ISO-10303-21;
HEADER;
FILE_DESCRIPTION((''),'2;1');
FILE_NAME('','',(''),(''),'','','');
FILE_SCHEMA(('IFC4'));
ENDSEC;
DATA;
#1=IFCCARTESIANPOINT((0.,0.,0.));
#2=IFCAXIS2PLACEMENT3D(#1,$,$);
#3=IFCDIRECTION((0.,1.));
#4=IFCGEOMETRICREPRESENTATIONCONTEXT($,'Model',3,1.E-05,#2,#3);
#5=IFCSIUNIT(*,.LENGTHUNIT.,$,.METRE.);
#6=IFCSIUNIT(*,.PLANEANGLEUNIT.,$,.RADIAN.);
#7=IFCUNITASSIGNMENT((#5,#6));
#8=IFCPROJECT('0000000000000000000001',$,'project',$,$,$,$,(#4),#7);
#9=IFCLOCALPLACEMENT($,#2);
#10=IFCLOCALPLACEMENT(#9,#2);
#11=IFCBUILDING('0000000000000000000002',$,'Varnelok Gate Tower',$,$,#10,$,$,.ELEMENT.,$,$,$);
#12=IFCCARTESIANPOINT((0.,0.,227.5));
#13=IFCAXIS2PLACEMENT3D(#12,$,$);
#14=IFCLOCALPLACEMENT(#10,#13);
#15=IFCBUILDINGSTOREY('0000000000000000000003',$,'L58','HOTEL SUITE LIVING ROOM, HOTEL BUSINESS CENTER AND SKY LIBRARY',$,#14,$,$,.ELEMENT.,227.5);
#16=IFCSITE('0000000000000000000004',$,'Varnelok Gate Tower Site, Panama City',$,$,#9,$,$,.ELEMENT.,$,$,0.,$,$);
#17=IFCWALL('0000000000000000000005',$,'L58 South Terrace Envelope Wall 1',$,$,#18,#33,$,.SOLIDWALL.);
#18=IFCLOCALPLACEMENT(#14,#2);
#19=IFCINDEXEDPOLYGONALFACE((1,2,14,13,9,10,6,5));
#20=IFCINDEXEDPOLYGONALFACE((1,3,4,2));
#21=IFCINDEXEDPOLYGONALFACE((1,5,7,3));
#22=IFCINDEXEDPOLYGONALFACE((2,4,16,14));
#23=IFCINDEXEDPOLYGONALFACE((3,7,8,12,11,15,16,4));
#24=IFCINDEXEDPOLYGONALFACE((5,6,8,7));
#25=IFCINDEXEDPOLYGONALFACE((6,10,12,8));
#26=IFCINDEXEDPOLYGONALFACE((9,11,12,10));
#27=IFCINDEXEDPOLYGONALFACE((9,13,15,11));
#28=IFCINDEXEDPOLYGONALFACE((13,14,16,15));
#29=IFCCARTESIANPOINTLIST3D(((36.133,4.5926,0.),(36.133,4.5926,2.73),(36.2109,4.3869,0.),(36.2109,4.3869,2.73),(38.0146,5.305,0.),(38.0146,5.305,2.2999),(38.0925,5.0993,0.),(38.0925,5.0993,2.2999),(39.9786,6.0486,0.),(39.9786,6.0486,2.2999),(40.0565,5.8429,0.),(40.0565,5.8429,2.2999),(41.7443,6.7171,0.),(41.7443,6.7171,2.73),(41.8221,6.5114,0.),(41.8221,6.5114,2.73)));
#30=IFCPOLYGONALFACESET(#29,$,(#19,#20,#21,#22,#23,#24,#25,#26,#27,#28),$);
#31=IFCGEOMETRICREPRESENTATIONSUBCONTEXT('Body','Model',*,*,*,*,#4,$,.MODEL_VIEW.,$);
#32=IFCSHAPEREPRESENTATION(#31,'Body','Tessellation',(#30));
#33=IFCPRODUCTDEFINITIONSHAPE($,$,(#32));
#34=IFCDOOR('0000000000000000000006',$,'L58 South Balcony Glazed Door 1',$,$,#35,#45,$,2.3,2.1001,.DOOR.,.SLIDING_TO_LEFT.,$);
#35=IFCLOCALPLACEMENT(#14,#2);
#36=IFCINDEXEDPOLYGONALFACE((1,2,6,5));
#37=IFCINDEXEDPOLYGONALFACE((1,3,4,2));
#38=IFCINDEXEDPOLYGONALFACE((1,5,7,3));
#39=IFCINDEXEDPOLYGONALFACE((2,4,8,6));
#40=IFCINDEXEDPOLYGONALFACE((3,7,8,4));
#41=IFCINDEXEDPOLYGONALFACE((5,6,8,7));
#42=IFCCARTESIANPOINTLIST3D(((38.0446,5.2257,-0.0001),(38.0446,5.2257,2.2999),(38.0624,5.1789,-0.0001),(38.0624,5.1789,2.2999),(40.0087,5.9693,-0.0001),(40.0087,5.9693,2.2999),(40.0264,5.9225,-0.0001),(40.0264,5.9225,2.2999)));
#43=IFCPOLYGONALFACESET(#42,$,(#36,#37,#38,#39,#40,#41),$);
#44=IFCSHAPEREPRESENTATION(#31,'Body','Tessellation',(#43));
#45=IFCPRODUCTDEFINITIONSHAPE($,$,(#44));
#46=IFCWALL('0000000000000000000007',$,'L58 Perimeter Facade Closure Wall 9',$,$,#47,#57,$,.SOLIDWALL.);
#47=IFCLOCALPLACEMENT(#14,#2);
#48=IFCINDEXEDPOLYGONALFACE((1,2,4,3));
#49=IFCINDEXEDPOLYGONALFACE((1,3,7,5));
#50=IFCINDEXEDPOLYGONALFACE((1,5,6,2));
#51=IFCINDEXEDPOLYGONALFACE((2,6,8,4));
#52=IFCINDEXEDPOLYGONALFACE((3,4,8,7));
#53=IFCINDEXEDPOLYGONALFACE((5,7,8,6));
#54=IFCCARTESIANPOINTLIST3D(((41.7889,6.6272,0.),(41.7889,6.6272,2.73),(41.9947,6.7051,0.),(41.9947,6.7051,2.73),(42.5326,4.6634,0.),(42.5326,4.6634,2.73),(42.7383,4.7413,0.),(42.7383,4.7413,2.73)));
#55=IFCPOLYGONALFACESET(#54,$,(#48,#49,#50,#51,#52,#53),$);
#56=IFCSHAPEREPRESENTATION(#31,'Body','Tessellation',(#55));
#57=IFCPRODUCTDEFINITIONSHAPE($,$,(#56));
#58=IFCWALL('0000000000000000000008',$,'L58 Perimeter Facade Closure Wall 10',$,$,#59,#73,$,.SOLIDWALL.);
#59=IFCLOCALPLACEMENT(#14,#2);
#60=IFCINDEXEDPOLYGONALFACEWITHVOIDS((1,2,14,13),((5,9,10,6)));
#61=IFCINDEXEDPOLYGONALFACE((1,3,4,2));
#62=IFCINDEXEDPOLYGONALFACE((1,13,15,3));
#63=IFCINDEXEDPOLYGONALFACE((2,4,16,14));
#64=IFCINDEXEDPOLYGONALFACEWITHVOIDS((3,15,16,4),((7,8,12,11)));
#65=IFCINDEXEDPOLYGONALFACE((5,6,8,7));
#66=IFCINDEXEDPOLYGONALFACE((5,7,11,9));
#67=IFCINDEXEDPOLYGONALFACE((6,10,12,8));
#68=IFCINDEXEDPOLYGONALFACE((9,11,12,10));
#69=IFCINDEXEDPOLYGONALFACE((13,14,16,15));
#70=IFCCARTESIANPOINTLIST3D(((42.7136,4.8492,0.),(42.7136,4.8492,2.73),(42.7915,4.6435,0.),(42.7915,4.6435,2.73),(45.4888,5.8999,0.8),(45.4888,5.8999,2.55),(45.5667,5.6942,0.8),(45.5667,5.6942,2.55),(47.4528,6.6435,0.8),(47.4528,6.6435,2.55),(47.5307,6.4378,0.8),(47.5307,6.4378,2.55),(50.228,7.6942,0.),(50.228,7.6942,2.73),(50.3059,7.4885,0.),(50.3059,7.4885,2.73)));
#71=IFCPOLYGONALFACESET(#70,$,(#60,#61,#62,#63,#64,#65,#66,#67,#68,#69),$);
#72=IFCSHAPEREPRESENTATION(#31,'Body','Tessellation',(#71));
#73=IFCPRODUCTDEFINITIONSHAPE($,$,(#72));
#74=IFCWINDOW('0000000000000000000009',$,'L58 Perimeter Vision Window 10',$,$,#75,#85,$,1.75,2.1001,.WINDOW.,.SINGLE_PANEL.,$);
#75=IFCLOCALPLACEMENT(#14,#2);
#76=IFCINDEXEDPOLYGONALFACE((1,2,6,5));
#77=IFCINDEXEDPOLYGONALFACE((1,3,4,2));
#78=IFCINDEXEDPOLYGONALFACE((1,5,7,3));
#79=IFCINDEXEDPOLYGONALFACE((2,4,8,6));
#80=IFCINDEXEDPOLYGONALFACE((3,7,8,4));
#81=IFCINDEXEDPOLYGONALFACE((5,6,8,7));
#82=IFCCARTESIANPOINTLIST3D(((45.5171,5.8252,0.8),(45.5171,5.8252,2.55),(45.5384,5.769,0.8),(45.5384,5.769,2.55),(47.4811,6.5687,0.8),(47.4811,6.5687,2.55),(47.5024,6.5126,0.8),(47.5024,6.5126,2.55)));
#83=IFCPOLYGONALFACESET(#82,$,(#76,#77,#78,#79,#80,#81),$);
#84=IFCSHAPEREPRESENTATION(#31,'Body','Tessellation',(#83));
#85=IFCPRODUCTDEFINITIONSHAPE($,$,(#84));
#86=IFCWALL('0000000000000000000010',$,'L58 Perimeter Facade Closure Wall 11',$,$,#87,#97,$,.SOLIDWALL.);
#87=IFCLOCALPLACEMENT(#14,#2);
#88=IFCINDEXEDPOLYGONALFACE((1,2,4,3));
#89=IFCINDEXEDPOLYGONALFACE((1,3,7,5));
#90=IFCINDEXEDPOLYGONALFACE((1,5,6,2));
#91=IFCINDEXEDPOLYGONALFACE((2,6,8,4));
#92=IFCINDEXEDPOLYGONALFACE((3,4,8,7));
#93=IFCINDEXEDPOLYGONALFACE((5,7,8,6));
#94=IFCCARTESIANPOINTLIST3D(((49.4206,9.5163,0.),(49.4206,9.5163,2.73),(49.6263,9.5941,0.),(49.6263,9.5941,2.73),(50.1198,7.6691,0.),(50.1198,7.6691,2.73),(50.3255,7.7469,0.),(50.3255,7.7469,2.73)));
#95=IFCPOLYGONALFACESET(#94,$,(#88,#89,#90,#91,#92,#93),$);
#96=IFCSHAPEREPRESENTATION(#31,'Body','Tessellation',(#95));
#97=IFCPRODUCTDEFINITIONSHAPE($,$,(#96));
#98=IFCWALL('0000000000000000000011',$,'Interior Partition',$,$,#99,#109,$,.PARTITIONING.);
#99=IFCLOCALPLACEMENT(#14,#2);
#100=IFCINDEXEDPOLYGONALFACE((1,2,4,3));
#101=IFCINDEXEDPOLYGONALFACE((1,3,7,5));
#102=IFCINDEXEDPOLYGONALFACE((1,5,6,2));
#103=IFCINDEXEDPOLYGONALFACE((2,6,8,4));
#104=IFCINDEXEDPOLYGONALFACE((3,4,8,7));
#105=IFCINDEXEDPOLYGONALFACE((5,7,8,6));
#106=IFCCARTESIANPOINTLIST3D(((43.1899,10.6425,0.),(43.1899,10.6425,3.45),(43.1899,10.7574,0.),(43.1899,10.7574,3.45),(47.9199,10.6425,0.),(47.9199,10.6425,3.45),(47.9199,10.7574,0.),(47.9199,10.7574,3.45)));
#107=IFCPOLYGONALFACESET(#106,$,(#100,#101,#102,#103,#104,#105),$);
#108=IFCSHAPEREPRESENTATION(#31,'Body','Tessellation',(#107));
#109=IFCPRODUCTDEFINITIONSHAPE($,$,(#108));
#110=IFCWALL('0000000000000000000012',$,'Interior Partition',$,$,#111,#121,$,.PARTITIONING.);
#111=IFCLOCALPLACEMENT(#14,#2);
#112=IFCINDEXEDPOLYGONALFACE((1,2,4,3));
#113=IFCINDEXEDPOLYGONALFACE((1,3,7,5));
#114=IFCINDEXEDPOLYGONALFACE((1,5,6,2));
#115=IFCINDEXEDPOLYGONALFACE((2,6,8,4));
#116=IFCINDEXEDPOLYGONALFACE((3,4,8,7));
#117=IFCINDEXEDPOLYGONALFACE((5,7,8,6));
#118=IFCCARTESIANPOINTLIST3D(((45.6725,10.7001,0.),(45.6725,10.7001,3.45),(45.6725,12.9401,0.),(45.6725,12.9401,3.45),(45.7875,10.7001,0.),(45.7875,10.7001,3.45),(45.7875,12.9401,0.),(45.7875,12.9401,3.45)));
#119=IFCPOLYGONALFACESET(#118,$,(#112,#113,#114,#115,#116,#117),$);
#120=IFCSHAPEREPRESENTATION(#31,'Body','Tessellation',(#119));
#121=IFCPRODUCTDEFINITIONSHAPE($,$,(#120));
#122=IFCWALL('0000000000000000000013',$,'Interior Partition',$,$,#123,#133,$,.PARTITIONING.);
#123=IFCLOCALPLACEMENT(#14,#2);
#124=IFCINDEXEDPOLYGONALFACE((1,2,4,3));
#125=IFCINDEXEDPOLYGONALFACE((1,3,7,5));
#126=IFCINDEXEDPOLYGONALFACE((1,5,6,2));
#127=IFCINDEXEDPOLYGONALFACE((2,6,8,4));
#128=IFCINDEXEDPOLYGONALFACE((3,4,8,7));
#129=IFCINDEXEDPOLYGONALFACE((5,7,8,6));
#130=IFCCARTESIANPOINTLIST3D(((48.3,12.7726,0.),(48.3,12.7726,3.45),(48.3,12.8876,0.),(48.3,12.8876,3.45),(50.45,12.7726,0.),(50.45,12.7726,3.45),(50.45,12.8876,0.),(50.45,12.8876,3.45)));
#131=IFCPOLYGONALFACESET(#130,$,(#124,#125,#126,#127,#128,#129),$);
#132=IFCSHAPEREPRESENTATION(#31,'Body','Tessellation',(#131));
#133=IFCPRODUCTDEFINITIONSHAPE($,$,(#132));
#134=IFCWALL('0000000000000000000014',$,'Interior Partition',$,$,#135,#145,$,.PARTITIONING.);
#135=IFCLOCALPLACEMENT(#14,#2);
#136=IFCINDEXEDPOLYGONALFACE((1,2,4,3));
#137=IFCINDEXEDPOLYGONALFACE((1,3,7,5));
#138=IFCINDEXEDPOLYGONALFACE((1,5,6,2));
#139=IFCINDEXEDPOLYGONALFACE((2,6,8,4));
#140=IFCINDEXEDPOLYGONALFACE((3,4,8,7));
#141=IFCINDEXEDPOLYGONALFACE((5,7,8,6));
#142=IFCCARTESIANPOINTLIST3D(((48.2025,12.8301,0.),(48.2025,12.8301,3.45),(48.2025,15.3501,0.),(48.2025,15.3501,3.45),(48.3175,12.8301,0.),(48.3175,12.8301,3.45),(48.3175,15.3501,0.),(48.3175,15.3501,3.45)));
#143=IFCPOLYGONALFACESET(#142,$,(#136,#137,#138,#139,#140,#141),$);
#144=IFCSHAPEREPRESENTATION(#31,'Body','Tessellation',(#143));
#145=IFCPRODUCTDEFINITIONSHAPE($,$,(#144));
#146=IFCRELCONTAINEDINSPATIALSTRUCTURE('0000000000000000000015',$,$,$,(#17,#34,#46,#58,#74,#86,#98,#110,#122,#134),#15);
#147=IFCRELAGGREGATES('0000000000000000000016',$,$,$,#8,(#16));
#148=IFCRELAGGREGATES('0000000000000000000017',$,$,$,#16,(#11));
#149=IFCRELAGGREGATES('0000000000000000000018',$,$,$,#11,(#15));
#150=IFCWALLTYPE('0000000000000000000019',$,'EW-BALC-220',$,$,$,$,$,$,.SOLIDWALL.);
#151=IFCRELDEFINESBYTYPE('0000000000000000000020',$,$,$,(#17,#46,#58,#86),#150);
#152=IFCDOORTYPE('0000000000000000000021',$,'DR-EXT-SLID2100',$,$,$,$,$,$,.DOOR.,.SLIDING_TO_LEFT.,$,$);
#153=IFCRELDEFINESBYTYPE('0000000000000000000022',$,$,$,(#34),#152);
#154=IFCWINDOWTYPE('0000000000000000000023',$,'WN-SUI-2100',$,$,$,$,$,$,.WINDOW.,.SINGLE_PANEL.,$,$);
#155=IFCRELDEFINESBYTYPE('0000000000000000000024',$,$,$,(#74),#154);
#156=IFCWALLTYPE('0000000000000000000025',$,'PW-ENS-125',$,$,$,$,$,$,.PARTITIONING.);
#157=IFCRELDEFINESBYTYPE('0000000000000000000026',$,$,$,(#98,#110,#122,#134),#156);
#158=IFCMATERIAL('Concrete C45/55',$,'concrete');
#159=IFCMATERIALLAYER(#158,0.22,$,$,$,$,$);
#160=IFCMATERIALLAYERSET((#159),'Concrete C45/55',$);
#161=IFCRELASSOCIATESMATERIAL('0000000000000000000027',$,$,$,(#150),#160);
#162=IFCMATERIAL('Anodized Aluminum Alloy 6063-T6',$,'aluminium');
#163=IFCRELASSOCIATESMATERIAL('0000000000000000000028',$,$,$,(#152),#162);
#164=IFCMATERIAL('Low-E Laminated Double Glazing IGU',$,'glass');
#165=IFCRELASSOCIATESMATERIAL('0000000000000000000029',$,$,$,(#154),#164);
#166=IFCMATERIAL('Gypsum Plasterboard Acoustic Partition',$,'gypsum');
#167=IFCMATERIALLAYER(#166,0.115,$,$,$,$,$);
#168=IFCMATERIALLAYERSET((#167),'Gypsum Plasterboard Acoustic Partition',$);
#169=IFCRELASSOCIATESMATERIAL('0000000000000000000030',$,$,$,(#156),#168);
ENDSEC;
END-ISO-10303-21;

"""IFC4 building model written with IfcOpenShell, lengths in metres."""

from ifc_helpers import new_model, si_unit, direction, frame, frame_2d, origin, place, context, subcontext, project, spatial, rectangle, extrude, material, layer, layer_set, type_object, element, fill, save


model = new_model("IFC4")

# Units and contexts
model_context = context("Model", 3, precision=1e-05, world=origin(), true_north=direction((0.0, 1.0)))
body_context = subcontext(model_context, "Body", "Model", "MODEL_VIEW")
ifc_project = project(units=[si_unit("LENGTHUNIT", "METRE"), si_unit("PLANEANGLEUNIT", "RADIAN")], contexts=[model_context])

# Site, building, storey
site_placement = place(None, origin())
site = spatial("IfcSite", under=ifc_project, at=site_placement, Name="Varnelok Gate Tower Site, Panama City", CompositionType="ELEMENT", RefElevation=0.0)
building_placement = place(site_placement, origin())
building = spatial("IfcBuilding", under=site, at=building_placement, Name="Varnelok Gate Tower", CompositionType="ELEMENT")
storey_placement = place(building_placement, frame((0.0, 0.0, 227.5)))
storey = spatial("IfcBuildingStorey", under=building, at=storey_placement, Name="L58", Description="HOTEL SUITE LIVING ROOM, HOTEL BUSINESS CENTER AND SKY LIBRARY", CompositionType="ELEMENT", Elevation=227.5)

# Wall, opening, door
ifc_material_1 = material(Name="Concrete C45/55", Category="concrete")
ifc_layer_1 = layer(ifc_material_1, 0.22)
ifc_layer_set_1 = layer_set([ifc_layer_1], Name="Concrete C45/55")
wall_type_1 = type_object("IfcWallType", Name="EW-BALC-220", PredefinedType="SOLIDWALL", material=ifc_layer_set_1)
wall_1_placement = place(storey_placement, frame((41.7832, 6.6143, 0.0), z_axis=(0.0, 0.0, 1.0), x_axis=(-0.935214, -0.354083, 0.0)))
wall_1 = element("IfcWall", 1, at=wall_1_placement, inside=storey, type_object=wall_type_1, Name="L58 South Terrace Envelope Wall 1", PredefinedType="SOLIDWALL", context=body_context, shape_type="SweptSolid", body=[
    extrude(rectangle(XDim=6.0, YDim=0.22, at=frame_2d((3.0, 0.0))), origin(), (0.0, 0.0, 1.0), 2.73),
])
opening_1_placement = place(wall_1_placement, frame((1.8879, 0.0, 0.0)))
opening_1 = element("IfcOpeningElement", 2, at=opening_1_placement, cuts=wall_1, PredefinedType="OPENING", context=body_context, shape_type="SweptSolid", body=[
    extrude(rectangle(XDim=2.1001, YDim=2.3, at=frame_2d((1.05, 1.1499))), frame((0.0, 0.1199, 0.0), z_axis=(0.0, -1.0, 0.0), x_axis=(1.0, 0.0, 0.0)), (0.0, 0.0, 1.0), 0.24),
])
ifc_material_2 = material(Name="Anodized Aluminum Alloy 6063-T6", Category="aluminium")
door_type_1 = type_object("IfcDoorType", Name="DR-EXT-SLID2100", OperationType="SLIDING_TO_LEFT", PredefinedType="DOOR", material=ifc_material_2)
door_1_placement = place(opening_1_placement, origin())
door_1 = element("IfcDoor", 3, at=door_1_placement, inside=storey, type_object=door_type_1, Name="L58 South Balcony Glazed Door 1", OperationType="SLIDING_TO_LEFT", OverallHeight=2.3, OverallWidth=2.1001, PredefinedType="DOOR", context=body_context, shape_type="SweptSolid", body=[
    extrude(rectangle(XDim=2.1001, YDim=2.3, at=frame_2d((1.05, 1.1499))), frame((0.0, 0.0249, 0.0), z_axis=(0.0, -1.0, 0.0), x_axis=(1.0, 0.0, 0.0)), (0.0, 0.0, 1.0), 0.05),
])
fill(opening_1, door_1)

# Wall
wall_2_placement = place(storey_placement, frame((41.8918, 6.666, 0.0), z_axis=(0.0, 0.0, 1.0), x_axis=(0.354128, -0.935197, 0.0)))
element("IfcWall", 4, at=wall_2_placement, inside=storey, type_object=wall_type_1, Name="L58 Perimeter Facade Closure Wall 9", PredefinedType="SOLIDWALL", context=body_context, shape_type="SweptSolid", body=[
    extrude(rectangle(XDim=2.0999, YDim=0.22, at=frame_2d((1.0498, 0.0))), origin(), (0.0, 0.0, 1.0), 2.73),
])

# Wall, opening, window
wall_3_placement = place(storey_placement, frame((42.7524, 4.7463, 0.0), z_axis=(0.0, 0.0, 1.0), x_axis=(0.935217, 0.354075, 0.0)))
wall_3 = element("IfcWall", 5, at=wall_3_placement, inside=storey, type_object=wall_type_1, Name="L58 Perimeter Facade Closure Wall 10", PredefinedType="SOLIDWALL", context=body_context, shape_type="SweptSolid", body=[
    extrude(rectangle(XDim=8.0349, YDim=0.22, at=frame_2d((4.0176, 0.0))), origin(), (0.0, 0.0, 1.0), 2.73),
])
opening_2_placement = place(wall_3_placement, frame((2.9675, 0.0, 0.8)))
opening_2 = element("IfcOpeningElement", 6, at=opening_2_placement, cuts=wall_3, PredefinedType="OPENING", context=body_context, shape_type="SweptSolid", body=[
    extrude(rectangle(XDim=2.1001, YDim=1.75, at=frame_2d((1.05, 0.875))), frame((0.0, 0.1199, 0.0), z_axis=(0.0, -1.0, 0.0), x_axis=(1.0, 0.0, 0.0)), (0.0, 0.0, 1.0), 0.24),
])
ifc_material_3 = material(Name="Low-E Laminated Double Glazing IGU", Category="glass")
window_type = type_object("IfcWindowType", Name="WN-SUI-2100", PartitioningType="SINGLE_PANEL", PredefinedType="WINDOW", material=ifc_material_3)
window_placement = place(opening_2_placement, origin())
window = element("IfcWindow", 7, at=window_placement, inside=storey, type_object=window_type, Name="L58 Perimeter Vision Window 10", OverallHeight=1.75, OverallWidth=2.1001, PartitioningType="SINGLE_PANEL", PredefinedType="WINDOW", context=body_context, shape_type="SweptSolid", body=[
    extrude(rectangle(XDim=2.1001, YDim=1.75, at=frame_2d((1.05, 0.875))), frame((0.0, 0.03, 0.0), z_axis=(0.0, -1.0, 0.0), x_axis=(1.0, 0.0, 0.0)), (0.0, 0.0, 1.0), 0.0601),
])
fill(opening_2, window)

# Walls
wall_4_placement = place(storey_placement, frame((50.2227, 7.708, 0.0), z_axis=(0.0, 0.0, 1.0), x_axis=(-0.354021, 0.935238, 0.0)))
element("IfcWall", 8, at=wall_4_placement, inside=storey, type_object=wall_type_1, Name="L58 Perimeter Facade Closure Wall 11", PredefinedType="SOLIDWALL", context=body_context, shape_type="SweptSolid", body=[
    extrude(rectangle(XDim=1.9751, YDim=0.22, at=frame_2d((0.9875, 0.0))), origin(), (0.0, 0.0, 1.0), 2.73),
])
ifc_material_4 = material(Name="Gypsum Plasterboard Acoustic Partition", Category="gypsum")
ifc_layer_2 = layer(ifc_material_4, 0.115)
ifc_layer_set_2 = layer_set([ifc_layer_2], Name="Gypsum Plasterboard Acoustic Partition")
wall_type_2 = type_object("IfcWallType", Name="PW-ENS-125", PredefinedType="PARTITIONING", material=ifc_layer_set_2)
wall_5_placement = place(storey_placement, frame((43.1899, 10.7, 0.0), z_axis=(0.0, 0.0, 1.0), x_axis=(1.0, 0.0, 0.0)))
element("IfcWall", 9, at=wall_5_placement, inside=storey, type_object=wall_type_2, Name="Interior Partition", PredefinedType="PARTITIONING", context=body_context, shape_type="SweptSolid", body=[
    extrude(rectangle(XDim=4.73, YDim=0.115, at=frame_2d((2.365, 0.0))), origin(), (0.0, 0.0, 1.0), 3.45),
])
wall_6_placement = place(storey_placement, frame((45.73, 10.7, 0.0), z_axis=(0.0, 0.0, 1.0), x_axis=(0.0, 1.0, 0.0)))
element("IfcWall", 10, at=wall_6_placement, inside=storey, type_object=wall_type_2, Name="Interior Partition", PredefinedType="PARTITIONING", context=body_context, shape_type="SweptSolid", body=[
    extrude(rectangle(XDim=2.24, YDim=0.115, at=frame_2d((1.1201, 0.0))), origin(), (0.0, 0.0, 1.0), 3.45),
])
wall_7_placement = place(storey_placement, frame((48.3, 12.8301, 0.0), z_axis=(0.0, 0.0, 1.0), x_axis=(1.0, 0.0, 0.0)))
element("IfcWall", 11, at=wall_7_placement, inside=storey, type_object=wall_type_2, Name="Interior Partition", PredefinedType="PARTITIONING", context=body_context, shape_type="SweptSolid", body=[
    extrude(rectangle(XDim=2.1499, YDim=0.115, at=frame_2d((1.075, 0.0))), origin(), (0.0, 0.0, 1.0), 3.45),
])
wall_8_placement = place(storey_placement, frame((48.26, 12.8301, 0.0), z_axis=(0.0, 0.0, 1.0), x_axis=(0.0, 1.0, 0.0)))
element("IfcWall", 12, at=wall_8_placement, inside=storey, type_object=wall_type_2, Name="Interior Partition", PredefinedType="PARTITIONING", context=body_context, shape_type="SweptSolid", body=[
    extrude(rectangle(XDim=2.52, YDim=0.115, at=frame_2d((1.26, 0.0))), origin(), (0.0, 0.0, 1.0), 3.45),
])

save(model, "model.ifc")
